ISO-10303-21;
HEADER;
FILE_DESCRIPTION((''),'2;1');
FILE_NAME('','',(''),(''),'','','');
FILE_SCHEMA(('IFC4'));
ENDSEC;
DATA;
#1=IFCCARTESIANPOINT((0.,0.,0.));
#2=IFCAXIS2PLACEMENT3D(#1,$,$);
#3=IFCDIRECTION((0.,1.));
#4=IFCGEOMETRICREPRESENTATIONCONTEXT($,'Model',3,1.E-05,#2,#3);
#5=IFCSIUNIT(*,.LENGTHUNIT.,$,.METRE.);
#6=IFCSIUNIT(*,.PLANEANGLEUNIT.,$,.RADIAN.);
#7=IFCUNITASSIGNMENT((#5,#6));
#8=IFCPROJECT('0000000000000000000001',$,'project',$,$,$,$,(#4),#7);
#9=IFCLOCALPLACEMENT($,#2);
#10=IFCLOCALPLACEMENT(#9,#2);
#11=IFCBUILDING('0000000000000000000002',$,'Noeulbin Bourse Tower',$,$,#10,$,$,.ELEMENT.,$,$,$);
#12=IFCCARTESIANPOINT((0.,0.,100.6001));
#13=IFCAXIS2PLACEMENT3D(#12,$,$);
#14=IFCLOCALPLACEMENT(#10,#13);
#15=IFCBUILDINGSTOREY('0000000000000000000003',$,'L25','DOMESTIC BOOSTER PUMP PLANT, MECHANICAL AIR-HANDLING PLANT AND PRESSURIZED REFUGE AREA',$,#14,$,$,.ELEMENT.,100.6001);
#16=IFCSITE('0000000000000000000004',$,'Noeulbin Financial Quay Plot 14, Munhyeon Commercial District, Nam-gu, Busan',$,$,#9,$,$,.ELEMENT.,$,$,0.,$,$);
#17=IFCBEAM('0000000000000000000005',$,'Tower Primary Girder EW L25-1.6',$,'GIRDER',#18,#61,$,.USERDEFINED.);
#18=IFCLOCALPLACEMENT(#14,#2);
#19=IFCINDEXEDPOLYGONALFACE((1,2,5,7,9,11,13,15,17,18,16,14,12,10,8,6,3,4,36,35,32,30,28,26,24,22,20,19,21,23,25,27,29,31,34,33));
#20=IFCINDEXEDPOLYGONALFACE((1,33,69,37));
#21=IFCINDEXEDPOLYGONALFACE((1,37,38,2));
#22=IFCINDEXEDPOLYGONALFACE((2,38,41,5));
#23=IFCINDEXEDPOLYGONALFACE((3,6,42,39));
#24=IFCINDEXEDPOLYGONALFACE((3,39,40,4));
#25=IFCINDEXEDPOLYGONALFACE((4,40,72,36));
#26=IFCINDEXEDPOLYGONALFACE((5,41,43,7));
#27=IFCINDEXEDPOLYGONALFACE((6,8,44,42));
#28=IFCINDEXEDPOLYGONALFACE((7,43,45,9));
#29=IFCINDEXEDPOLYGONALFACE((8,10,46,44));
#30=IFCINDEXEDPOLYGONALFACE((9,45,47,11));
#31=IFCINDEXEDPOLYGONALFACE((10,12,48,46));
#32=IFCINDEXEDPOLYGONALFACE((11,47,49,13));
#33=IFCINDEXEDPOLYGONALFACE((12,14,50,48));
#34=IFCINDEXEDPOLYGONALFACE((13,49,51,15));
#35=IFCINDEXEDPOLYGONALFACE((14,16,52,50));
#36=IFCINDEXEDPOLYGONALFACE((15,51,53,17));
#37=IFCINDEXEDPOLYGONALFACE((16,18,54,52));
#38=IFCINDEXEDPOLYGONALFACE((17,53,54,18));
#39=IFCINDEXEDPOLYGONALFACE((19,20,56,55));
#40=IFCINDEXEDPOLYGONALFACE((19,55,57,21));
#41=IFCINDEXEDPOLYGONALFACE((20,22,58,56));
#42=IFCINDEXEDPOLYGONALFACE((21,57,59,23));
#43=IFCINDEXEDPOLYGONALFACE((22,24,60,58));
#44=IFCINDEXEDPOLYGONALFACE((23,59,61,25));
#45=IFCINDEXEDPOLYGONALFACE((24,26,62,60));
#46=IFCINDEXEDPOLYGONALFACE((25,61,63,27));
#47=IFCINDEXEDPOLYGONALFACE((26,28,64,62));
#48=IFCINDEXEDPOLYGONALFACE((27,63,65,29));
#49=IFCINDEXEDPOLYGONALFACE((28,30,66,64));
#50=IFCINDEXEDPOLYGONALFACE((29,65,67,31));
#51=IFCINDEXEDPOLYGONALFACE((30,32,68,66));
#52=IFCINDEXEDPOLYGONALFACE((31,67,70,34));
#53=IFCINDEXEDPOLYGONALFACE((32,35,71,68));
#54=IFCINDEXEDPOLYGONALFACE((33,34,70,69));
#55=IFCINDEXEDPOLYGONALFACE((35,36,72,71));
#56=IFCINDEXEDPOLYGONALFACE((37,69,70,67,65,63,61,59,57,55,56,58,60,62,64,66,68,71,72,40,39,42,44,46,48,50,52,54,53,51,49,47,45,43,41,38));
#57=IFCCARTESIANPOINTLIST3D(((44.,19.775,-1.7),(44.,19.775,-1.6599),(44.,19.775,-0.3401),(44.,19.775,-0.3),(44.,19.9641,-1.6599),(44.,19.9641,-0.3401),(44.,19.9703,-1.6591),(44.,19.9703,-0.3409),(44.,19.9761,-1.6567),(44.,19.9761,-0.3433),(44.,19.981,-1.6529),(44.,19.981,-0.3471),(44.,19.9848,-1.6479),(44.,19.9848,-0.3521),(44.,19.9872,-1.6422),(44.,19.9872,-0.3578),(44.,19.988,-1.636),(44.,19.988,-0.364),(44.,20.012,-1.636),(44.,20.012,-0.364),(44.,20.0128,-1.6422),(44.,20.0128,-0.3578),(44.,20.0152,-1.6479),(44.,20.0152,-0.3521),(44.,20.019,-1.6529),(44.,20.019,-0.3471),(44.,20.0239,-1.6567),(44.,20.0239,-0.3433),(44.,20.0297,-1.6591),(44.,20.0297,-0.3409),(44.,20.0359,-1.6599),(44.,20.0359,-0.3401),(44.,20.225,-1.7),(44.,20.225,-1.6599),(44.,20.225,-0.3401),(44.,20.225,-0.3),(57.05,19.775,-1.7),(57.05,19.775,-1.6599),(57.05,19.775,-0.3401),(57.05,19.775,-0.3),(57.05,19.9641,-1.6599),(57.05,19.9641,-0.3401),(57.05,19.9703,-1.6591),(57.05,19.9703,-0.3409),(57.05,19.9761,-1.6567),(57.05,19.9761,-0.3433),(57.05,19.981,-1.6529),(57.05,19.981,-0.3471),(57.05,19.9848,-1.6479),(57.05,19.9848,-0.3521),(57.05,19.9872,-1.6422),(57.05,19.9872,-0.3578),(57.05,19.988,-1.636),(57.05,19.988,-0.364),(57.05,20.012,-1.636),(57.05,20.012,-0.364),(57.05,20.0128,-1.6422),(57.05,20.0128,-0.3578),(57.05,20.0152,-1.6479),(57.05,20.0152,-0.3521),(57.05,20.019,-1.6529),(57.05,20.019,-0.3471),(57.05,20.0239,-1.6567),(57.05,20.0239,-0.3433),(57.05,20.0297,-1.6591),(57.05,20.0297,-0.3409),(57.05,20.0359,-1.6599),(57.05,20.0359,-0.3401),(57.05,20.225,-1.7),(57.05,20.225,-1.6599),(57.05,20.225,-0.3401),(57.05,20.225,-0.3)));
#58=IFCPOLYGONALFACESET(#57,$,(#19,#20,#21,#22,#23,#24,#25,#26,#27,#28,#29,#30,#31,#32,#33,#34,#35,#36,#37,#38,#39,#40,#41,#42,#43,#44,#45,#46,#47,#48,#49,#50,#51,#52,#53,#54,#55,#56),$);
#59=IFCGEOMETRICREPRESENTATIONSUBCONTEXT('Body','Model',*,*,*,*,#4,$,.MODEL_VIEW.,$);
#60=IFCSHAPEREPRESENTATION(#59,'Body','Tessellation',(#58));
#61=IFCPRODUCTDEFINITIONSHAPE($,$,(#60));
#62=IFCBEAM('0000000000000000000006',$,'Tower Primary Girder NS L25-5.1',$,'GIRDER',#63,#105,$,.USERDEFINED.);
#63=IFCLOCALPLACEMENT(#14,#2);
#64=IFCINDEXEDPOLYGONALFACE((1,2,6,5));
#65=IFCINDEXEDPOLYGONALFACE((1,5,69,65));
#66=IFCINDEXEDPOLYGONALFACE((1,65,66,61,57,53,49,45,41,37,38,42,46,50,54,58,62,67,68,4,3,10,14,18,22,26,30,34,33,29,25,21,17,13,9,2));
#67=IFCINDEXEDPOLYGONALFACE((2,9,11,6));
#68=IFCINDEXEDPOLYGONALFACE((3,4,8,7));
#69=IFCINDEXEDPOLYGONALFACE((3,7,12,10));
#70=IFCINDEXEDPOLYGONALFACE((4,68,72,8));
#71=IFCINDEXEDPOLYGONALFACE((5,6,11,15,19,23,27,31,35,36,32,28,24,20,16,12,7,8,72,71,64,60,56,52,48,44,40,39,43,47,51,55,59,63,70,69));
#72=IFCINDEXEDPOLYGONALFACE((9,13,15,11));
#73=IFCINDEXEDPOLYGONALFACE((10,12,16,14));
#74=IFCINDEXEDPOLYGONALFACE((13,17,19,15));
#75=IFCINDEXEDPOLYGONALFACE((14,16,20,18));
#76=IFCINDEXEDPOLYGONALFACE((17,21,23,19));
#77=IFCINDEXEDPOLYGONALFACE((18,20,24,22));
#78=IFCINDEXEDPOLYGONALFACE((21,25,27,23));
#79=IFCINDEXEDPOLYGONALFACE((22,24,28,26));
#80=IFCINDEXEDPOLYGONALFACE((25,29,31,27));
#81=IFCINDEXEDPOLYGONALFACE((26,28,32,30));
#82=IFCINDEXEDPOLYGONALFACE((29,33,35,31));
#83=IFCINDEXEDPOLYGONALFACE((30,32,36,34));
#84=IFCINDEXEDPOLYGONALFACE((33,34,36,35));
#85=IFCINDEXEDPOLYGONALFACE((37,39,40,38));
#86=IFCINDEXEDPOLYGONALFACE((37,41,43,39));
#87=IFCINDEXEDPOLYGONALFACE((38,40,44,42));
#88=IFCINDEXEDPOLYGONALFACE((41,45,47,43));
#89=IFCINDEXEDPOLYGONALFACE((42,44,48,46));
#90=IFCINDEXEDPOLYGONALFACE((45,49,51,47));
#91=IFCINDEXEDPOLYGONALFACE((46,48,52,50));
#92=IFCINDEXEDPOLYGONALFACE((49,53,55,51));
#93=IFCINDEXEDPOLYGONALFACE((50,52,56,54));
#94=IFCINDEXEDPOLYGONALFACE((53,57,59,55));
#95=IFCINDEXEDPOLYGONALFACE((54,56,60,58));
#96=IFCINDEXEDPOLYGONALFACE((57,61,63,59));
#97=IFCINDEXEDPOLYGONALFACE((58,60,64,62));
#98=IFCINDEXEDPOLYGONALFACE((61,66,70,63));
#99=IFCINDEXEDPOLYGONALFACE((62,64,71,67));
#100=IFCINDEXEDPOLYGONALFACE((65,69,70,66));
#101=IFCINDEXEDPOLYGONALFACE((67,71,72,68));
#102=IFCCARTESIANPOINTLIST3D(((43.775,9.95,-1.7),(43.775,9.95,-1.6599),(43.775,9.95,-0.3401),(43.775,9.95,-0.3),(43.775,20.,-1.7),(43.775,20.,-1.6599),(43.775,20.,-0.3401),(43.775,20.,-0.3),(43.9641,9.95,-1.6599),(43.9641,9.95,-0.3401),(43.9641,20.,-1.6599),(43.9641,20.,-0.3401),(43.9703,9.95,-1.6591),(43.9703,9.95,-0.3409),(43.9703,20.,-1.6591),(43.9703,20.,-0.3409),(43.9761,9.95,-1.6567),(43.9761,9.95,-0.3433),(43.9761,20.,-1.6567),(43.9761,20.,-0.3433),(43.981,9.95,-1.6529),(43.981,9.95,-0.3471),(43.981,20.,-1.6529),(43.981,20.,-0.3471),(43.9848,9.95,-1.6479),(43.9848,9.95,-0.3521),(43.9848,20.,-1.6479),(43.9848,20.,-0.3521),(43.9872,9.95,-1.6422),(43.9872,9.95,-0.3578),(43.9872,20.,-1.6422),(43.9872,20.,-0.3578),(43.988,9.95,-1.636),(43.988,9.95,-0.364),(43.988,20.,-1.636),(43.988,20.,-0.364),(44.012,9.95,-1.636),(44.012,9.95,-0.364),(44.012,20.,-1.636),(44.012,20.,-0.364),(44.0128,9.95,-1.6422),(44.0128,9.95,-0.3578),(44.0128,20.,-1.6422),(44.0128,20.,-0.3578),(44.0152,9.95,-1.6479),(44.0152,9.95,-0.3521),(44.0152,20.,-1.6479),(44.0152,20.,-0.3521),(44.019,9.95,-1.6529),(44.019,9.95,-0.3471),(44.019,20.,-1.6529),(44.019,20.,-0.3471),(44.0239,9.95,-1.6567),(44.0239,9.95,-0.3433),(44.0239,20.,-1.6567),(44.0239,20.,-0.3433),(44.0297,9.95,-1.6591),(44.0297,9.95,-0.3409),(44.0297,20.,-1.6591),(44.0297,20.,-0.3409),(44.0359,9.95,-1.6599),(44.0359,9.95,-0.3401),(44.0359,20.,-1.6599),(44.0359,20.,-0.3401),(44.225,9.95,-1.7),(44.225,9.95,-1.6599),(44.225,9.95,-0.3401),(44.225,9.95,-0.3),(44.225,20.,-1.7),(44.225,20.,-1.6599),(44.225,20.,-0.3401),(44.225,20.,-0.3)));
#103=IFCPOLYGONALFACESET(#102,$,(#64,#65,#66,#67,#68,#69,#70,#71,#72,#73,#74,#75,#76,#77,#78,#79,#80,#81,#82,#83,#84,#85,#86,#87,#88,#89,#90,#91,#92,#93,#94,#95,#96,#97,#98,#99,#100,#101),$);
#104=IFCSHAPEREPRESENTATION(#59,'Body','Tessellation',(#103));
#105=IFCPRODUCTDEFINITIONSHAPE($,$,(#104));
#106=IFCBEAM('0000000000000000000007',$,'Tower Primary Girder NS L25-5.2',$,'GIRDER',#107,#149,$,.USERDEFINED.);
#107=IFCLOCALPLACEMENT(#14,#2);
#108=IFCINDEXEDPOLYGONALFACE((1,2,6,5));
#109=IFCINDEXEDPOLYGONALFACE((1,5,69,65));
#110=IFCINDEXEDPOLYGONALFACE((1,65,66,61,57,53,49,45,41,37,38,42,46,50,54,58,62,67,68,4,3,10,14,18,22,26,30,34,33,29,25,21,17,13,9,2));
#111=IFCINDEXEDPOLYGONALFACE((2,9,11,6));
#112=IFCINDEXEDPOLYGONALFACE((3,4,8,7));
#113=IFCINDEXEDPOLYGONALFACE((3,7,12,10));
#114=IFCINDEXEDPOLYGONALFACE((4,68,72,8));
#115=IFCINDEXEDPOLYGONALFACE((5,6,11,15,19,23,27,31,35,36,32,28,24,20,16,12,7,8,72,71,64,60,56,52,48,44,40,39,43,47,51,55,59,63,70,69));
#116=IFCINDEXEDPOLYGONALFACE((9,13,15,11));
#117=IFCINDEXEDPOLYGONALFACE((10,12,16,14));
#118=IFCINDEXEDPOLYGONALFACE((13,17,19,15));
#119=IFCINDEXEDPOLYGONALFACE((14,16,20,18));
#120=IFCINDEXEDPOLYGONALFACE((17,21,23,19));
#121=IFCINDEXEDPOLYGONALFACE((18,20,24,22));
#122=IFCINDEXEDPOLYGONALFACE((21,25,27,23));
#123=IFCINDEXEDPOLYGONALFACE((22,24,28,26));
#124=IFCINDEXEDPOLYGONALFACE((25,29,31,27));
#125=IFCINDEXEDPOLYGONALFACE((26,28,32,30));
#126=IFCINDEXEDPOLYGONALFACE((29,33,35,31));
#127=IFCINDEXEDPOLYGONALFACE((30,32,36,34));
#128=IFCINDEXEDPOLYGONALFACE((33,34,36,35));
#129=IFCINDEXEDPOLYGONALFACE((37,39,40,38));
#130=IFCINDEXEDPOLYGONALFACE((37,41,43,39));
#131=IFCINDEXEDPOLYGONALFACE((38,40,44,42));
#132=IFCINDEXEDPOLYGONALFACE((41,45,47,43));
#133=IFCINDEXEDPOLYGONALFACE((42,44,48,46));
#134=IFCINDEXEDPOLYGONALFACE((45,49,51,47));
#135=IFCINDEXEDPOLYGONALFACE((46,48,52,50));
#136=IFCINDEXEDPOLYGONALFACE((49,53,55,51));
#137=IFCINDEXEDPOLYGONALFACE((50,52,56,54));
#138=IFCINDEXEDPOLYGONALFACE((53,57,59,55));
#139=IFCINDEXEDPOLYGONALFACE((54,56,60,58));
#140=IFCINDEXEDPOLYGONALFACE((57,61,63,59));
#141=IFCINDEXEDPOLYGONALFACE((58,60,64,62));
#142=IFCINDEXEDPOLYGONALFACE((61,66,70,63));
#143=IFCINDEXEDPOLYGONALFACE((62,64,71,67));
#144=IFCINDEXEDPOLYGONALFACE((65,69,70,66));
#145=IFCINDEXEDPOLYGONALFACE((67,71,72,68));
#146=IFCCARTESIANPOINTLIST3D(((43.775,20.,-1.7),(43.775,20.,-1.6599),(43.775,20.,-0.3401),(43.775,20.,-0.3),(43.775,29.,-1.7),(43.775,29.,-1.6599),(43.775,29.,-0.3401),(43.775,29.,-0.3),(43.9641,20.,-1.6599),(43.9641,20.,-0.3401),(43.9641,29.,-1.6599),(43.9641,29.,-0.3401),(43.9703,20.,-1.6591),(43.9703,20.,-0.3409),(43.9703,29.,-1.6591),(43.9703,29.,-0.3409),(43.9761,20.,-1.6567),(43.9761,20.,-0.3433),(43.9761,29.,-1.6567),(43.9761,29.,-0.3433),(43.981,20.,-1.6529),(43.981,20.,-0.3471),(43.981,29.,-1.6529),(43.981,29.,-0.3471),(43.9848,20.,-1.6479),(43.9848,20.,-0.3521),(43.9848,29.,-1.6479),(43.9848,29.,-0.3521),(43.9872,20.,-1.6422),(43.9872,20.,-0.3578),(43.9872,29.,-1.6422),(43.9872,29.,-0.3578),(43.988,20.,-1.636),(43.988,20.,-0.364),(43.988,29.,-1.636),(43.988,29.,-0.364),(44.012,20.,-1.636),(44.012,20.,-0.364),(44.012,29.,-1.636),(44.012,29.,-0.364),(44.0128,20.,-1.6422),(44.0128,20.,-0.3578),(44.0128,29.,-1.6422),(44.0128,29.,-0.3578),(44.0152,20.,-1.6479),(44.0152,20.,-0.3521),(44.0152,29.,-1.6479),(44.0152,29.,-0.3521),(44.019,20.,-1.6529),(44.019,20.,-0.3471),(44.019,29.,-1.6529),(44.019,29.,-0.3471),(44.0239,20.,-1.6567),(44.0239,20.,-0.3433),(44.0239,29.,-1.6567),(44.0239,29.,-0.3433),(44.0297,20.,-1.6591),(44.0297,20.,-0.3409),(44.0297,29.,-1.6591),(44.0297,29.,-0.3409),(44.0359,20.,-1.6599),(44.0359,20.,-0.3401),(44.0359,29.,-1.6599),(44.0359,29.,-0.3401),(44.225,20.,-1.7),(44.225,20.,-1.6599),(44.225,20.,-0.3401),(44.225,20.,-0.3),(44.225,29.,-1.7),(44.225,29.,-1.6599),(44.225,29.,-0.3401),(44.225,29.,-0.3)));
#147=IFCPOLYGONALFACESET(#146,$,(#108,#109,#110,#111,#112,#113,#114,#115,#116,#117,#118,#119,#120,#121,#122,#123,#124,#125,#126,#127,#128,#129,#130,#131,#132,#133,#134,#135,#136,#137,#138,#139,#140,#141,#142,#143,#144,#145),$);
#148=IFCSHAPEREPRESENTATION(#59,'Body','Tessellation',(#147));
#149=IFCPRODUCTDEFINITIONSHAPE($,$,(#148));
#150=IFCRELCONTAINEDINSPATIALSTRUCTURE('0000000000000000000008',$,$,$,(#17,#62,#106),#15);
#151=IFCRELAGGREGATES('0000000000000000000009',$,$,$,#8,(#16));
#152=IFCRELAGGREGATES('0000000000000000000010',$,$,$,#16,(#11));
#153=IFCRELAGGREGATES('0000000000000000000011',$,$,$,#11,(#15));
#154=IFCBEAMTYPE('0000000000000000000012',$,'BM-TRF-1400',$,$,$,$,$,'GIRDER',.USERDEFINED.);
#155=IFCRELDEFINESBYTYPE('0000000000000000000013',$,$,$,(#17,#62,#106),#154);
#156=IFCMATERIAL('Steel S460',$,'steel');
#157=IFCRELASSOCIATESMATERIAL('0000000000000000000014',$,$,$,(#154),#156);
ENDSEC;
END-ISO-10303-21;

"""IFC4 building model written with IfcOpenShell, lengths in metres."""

from ifc_helpers import new_model, si_unit, direction, frame, origin, origin_2d, place, context, subcontext, project, spatial, i_section, extrude, material, material_profile, profile_set, type_object, element, save


model = new_model("IFC4")

# Units and contexts
model_context = context("Model", 3, precision=1e-05, world=origin(), true_north=direction((0.0, 1.0)))
body_context = subcontext(model_context, "Body", "Model", "MODEL_VIEW")
ifc_project = project(units=[si_unit("LENGTHUNIT", "METRE"), si_unit("PLANEANGLEUNIT", "RADIAN")], contexts=[model_context])

# Site, building, storey
site_placement = place(None, origin())
site = spatial("IfcSite", under=ifc_project, at=site_placement, Name="Noeulbin Financial Quay Plot 14, Munhyeon Commercial District, Nam-gu, Busan", CompositionType="ELEMENT", RefElevation=0.0)
building_placement = place(site_placement, origin())
building = spatial("IfcBuilding", under=site, at=building_placement, Name="Noeulbin Bourse Tower", CompositionType="ELEMENT")
storey_placement = place(building_placement, frame((0.0, 0.0, 100.6001)))
storey = spatial("IfcBuildingStorey", under=building, at=storey_placement, Name="L25", Description="DOMESTIC BOOSTER PUMP PLANT, MECHANICAL AIR-HANDLING PLANT AND PRESSURIZED REFUGE AREA", CompositionType="ELEMENT", Elevation=100.6001)

# Shared definitions
ifc_material_1 = material(Name="Steel S460", Category="steel")

# Beams
ifc_material_profile_1 = material_profile(ifc_material_1, i_section(OverallWidth=0.45, OverallDepth=1.3999, WebThickness=0.0239, FlangeThickness=0.04, FilletRadius=0.0239, at=origin_2d()), Name="PG-1400x450x24x40", Category="LoadBearing")
ifc_profile_set_1 = profile_set([ifc_material_profile_1], Name="Steel S460")
beam_type_1 = type_object("IfcBeamType", Name="BM-TRF-1400", ElementType="GIRDER", PredefinedType="USERDEFINED", material=ifc_profile_set_1)
beam_1_placement = place(storey_placement, frame((44.0, 20.0, -1.0), z_axis=(1.0, 0.0, 0.0), x_axis=(0.0, 1.0, 0.0)))
element("IfcBeam", 1, at=beam_1_placement, inside=storey, type_object=beam_type_1, Name="Tower Primary Girder EW L25-1.6", ObjectType="GIRDER", PredefinedType="USERDEFINED", context=body_context, shape_type="SweptSolid", body=[
    extrude(i_section(OverallWidth=0.45, OverallDepth=1.3999, WebThickness=0.0239, FlangeThickness=0.04, FilletRadius=0.0239, at=origin_2d()), origin(), (0.0, 0.0, 1.0), 13.05),
])
beam_2_placement = place(storey_placement, frame((44.0, 9.95, -1.0), z_axis=(0.0, 1.0, 0.0), x_axis=(-1.0, 0.0, 0.0)))
element("IfcBeam", 2, at=beam_2_placement, inside=storey, type_object=beam_type_1, Name="Tower Primary Girder NS L25-5.1", ObjectType="GIRDER", PredefinedType="USERDEFINED", context=body_context, shape_type="SweptSolid", body=[
    extrude(i_section(OverallWidth=0.45, OverallDepth=1.3999, WebThickness=0.0239, FlangeThickness=0.04, FilletRadius=0.0239, at=origin_2d()), origin(), (0.0, 0.0, 1.0), 10.05),
])
beam_3_placement = place(storey_placement, frame((44.0, 20.0, -1.0), z_axis=(0.0, 1.0, 0.0), x_axis=(-1.0, 0.0, 0.0)))
element("IfcBeam", 3, at=beam_3_placement, inside=storey, type_object=beam_type_1, Name="Tower Primary Girder NS L25-5.2", ObjectType="GIRDER", PredefinedType="USERDEFINED", context=body_context, shape_type="SweptSolid", body=[
    extrude(i_section(OverallWidth=0.45, OverallDepth=1.3999, WebThickness=0.0239, FlangeThickness=0.04, FilletRadius=0.0239, at=origin_2d()), origin(), (0.0, 0.0, 1.0), 9.0),
])

save(model, "model.ifc")
